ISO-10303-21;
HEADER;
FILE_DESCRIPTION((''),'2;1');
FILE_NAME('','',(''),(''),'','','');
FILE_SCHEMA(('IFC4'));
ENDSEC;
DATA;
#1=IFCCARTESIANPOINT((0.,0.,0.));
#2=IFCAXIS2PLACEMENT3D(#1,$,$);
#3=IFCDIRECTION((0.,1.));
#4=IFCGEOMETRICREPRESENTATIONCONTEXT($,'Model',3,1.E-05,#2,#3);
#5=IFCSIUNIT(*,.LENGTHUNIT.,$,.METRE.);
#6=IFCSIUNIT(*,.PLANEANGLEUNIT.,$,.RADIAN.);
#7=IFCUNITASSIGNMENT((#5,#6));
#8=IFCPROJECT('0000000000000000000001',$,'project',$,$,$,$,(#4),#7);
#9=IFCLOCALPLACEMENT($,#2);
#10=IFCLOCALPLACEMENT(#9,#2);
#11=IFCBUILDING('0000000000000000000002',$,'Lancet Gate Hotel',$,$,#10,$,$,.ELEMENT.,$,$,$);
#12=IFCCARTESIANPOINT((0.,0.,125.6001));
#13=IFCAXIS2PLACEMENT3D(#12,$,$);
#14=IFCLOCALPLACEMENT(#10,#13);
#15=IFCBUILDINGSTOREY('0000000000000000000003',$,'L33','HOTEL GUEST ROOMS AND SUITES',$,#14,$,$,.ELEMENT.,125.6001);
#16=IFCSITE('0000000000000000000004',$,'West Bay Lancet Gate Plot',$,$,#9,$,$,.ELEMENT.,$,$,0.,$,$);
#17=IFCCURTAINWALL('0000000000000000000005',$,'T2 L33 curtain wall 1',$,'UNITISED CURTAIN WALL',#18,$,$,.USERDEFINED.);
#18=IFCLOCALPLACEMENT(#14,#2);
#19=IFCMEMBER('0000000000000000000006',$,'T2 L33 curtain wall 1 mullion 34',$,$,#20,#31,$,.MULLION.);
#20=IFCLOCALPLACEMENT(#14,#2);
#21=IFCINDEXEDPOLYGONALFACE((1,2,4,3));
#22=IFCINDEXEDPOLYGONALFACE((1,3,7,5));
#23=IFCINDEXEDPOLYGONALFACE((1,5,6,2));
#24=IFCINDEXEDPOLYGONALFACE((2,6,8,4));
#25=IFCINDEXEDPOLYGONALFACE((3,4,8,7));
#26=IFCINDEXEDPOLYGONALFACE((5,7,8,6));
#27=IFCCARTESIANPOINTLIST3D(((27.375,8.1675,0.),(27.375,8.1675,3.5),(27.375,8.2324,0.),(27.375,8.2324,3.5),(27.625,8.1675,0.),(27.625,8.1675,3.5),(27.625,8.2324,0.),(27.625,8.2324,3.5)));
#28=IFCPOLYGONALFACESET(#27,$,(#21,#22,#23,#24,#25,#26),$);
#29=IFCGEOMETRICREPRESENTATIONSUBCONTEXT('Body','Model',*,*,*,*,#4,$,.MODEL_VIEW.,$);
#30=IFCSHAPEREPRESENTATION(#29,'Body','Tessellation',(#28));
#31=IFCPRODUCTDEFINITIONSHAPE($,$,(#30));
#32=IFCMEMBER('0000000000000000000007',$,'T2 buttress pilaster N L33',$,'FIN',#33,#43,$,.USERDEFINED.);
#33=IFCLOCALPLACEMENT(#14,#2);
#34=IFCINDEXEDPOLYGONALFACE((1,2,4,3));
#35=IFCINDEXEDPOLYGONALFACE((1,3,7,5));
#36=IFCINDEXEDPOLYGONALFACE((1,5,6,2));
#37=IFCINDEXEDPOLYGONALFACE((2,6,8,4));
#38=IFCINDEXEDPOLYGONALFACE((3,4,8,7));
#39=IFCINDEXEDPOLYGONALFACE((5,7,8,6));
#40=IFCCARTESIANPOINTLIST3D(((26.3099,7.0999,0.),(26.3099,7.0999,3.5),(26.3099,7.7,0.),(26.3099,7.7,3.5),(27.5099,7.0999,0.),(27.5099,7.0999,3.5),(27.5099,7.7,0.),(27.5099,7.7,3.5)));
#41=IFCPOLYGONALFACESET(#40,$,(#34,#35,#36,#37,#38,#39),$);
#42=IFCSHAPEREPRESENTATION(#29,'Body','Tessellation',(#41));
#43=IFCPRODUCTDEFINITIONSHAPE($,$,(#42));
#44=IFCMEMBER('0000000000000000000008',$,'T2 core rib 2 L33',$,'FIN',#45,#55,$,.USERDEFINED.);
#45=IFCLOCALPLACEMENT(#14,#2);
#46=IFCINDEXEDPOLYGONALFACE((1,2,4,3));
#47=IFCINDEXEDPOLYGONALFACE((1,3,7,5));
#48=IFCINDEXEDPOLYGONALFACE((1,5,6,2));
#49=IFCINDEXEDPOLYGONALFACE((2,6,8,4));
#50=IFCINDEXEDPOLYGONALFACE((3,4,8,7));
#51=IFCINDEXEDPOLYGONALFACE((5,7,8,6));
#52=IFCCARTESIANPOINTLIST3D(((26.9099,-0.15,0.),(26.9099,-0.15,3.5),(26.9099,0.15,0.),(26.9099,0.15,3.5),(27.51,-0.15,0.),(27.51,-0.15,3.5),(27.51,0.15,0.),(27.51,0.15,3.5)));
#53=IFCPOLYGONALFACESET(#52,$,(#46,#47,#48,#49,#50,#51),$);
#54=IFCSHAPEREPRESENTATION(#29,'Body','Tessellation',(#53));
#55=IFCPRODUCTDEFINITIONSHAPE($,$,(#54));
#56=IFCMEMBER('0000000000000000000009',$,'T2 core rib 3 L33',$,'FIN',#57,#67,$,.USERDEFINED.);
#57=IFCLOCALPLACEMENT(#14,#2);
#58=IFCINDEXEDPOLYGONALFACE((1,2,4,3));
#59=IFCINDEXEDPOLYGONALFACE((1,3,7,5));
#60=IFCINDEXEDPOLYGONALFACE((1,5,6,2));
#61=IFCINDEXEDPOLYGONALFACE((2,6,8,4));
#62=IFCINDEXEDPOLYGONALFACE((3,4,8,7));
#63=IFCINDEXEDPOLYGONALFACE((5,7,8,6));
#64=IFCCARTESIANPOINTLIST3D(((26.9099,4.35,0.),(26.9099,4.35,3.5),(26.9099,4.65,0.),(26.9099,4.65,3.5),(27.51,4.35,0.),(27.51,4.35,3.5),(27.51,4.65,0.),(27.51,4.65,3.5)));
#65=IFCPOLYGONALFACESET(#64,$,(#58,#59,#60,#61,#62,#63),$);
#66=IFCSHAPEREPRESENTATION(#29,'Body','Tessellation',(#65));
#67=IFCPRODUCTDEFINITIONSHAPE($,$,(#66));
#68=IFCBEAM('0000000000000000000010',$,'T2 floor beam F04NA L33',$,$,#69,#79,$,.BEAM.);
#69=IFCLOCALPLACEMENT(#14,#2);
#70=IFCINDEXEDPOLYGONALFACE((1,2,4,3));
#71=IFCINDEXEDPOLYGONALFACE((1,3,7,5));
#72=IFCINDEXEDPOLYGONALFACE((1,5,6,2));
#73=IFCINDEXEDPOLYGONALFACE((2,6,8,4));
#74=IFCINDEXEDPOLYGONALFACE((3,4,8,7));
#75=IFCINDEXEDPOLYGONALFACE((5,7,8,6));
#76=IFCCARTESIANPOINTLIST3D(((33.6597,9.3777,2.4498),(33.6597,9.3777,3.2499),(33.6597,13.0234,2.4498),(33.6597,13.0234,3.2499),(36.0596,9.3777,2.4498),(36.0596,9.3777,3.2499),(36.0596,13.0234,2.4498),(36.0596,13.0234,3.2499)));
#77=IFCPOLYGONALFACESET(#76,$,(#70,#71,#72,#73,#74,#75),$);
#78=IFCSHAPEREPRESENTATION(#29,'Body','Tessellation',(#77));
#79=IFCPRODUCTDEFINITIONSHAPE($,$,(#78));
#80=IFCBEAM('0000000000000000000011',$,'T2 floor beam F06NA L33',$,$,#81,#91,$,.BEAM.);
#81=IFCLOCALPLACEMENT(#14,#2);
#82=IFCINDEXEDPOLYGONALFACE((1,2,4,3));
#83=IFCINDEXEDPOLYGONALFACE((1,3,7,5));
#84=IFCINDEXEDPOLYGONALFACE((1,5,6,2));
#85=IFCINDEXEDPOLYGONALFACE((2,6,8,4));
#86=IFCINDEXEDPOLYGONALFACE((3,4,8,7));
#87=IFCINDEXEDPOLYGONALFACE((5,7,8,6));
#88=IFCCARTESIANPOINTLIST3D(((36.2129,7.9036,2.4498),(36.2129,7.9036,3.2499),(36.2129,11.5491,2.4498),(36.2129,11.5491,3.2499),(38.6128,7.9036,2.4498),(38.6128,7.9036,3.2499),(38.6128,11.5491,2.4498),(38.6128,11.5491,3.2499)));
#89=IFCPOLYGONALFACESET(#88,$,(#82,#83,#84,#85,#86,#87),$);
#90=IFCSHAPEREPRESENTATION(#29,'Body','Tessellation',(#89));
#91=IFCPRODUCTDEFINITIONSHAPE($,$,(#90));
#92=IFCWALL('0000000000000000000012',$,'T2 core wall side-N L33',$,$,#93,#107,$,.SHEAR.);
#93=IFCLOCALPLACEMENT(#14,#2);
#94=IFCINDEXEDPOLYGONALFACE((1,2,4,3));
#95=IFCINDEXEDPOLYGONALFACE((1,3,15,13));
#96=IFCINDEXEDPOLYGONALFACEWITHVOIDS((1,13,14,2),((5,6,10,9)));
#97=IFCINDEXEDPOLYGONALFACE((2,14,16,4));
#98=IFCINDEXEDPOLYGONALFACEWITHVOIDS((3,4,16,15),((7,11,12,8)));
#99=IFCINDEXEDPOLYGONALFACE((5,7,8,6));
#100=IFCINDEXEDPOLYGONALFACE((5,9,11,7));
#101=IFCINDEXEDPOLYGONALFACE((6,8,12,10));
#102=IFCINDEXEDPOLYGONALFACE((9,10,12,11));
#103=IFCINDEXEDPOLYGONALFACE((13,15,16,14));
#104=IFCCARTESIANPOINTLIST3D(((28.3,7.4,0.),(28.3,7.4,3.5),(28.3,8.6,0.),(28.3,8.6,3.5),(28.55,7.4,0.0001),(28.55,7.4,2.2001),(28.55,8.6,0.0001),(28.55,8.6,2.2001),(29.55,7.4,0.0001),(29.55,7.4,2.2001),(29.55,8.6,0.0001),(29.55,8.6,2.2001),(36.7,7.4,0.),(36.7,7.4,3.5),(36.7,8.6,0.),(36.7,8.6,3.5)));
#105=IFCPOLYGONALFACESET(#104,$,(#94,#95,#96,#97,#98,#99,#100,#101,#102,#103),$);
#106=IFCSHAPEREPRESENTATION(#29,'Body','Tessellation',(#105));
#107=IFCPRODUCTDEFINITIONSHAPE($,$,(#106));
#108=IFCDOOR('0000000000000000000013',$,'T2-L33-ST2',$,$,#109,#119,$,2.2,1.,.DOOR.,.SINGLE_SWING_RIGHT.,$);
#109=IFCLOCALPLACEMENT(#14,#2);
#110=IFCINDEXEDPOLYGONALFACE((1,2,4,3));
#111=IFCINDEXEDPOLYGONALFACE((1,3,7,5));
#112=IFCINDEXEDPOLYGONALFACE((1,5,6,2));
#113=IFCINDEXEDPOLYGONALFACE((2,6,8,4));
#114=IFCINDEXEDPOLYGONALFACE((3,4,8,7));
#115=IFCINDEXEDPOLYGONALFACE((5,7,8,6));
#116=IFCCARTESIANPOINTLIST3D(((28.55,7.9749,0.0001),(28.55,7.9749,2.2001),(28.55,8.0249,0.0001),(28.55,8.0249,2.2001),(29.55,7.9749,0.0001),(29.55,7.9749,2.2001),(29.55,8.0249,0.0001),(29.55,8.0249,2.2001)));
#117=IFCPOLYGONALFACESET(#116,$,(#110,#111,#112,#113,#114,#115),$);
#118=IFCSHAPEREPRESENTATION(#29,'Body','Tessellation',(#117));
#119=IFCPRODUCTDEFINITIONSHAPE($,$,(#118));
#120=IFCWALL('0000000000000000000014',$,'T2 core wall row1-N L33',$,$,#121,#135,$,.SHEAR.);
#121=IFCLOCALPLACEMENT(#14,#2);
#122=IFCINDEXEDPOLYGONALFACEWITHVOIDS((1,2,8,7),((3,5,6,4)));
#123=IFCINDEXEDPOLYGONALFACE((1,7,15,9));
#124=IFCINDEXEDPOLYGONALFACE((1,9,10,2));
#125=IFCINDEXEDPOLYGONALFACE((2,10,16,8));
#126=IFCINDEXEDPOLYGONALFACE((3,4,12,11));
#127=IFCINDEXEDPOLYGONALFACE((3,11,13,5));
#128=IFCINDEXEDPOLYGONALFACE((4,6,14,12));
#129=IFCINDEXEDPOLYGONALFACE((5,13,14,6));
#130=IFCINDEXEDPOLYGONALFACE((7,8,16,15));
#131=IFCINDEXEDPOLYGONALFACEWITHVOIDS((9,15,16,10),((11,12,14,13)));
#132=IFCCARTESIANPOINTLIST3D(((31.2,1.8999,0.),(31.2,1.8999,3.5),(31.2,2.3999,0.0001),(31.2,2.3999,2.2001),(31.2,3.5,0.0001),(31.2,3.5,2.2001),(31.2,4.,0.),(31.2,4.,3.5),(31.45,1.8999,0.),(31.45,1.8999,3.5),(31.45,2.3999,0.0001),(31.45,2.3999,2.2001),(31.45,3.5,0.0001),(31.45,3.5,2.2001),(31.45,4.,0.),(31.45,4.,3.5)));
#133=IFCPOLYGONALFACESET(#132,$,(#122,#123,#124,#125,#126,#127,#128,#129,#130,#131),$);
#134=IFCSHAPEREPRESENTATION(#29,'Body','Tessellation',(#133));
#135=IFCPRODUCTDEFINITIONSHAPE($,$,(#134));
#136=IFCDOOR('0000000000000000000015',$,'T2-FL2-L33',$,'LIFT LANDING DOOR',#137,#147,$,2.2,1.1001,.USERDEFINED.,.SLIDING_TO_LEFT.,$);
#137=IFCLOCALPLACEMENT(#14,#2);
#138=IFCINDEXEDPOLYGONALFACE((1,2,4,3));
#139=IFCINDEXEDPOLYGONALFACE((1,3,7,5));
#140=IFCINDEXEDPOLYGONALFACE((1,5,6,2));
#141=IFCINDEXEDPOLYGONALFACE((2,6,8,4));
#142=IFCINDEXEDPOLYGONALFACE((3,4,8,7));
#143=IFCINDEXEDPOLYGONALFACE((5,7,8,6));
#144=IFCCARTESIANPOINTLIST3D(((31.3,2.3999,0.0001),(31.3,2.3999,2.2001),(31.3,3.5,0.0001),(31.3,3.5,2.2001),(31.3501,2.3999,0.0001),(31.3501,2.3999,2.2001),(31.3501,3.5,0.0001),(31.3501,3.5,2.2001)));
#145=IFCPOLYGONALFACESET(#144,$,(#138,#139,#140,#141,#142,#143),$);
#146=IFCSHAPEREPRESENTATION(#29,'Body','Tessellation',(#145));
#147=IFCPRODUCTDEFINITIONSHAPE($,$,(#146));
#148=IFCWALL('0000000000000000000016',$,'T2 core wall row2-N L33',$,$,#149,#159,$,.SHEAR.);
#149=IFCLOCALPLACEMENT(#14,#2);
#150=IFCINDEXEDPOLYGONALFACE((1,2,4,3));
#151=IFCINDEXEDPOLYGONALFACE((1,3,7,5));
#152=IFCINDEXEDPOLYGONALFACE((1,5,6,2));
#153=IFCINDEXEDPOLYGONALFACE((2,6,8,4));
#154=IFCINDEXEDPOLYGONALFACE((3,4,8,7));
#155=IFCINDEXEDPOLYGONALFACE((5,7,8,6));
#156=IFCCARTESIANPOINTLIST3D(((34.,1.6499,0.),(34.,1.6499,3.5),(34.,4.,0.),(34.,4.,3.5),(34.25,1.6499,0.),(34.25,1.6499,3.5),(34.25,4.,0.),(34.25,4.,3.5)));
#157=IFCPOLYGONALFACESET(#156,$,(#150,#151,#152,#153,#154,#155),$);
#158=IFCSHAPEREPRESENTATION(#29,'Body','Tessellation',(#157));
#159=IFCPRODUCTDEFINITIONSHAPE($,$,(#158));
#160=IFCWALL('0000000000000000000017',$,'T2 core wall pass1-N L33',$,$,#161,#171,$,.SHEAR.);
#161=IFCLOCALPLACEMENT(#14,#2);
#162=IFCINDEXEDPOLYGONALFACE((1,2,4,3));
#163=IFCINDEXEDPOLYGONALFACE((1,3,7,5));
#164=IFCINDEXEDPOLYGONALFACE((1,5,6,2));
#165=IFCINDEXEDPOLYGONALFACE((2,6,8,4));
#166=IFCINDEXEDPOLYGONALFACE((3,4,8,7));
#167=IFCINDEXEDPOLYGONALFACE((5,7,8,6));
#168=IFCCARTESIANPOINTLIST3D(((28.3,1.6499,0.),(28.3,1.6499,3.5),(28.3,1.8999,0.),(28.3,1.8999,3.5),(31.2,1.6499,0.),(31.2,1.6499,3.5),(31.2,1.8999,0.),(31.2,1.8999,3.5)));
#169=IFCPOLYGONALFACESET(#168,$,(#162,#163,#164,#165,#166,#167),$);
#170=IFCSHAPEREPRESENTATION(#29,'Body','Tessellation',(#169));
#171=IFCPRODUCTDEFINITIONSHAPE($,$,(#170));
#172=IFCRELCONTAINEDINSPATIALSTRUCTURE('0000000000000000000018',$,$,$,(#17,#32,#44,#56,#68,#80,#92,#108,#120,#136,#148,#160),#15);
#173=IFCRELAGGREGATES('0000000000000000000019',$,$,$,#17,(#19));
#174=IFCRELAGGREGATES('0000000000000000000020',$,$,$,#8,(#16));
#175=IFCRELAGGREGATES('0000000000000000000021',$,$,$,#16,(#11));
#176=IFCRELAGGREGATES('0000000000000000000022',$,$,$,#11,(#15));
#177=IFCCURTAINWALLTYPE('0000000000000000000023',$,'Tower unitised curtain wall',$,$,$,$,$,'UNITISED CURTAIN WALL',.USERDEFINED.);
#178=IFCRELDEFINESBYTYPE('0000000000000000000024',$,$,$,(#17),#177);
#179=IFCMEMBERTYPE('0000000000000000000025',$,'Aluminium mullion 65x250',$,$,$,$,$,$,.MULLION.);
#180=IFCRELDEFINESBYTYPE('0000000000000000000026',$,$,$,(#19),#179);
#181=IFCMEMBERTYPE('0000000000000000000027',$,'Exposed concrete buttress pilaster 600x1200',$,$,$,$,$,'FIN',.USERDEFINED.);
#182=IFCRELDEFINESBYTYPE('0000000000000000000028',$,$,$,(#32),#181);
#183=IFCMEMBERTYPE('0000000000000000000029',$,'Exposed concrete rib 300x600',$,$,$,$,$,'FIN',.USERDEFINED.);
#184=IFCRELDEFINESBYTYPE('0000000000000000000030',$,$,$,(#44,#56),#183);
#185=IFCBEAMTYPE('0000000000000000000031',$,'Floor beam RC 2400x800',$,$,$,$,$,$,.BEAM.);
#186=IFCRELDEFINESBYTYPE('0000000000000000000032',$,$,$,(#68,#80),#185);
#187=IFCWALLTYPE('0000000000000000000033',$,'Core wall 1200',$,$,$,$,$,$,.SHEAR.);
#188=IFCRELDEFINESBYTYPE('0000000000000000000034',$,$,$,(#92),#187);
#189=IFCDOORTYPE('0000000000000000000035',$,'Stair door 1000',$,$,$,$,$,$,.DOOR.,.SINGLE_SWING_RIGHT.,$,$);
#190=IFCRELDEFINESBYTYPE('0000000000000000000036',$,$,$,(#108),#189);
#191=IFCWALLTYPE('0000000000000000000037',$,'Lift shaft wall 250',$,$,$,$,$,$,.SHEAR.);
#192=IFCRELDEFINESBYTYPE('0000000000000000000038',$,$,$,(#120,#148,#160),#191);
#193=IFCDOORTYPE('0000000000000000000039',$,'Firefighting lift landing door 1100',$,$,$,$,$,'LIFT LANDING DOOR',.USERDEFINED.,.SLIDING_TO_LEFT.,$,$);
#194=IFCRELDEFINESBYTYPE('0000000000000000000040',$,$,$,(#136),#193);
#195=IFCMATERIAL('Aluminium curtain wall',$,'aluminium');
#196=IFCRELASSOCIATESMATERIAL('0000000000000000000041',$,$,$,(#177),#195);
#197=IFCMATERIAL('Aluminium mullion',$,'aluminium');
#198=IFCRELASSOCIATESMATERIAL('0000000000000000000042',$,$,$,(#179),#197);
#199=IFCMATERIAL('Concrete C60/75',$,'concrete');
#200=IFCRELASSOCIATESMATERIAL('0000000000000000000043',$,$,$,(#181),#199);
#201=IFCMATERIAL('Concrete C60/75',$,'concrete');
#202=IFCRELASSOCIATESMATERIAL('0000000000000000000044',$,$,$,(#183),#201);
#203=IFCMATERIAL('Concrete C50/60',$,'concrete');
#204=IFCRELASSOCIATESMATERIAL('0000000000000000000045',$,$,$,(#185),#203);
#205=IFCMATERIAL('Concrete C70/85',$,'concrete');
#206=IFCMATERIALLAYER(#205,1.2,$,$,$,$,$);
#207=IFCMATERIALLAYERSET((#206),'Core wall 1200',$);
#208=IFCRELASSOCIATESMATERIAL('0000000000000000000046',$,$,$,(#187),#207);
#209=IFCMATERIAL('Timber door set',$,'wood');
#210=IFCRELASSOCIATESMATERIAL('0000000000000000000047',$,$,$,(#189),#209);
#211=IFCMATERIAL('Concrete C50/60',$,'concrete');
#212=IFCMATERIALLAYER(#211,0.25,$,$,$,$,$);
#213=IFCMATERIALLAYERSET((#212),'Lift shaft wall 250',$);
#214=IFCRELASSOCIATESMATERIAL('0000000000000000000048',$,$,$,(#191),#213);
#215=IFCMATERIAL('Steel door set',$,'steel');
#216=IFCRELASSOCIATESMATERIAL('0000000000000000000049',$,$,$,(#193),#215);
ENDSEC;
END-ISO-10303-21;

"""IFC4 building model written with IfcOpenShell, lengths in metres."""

from ifc_helpers import new_model, si_unit, direction, frame, frame_2d, origin, origin_2d, place, context, subcontext, project, spatial, rectangle, extrude, material, layer, layer_set, material_profile, profile_set, type_object, element, fill, aggregate, save


model = new_model("IFC4")

# Units and contexts
model_context = context("Model", 3, precision=1e-05, world=origin(), true_north=direction((0.0, 1.0)))
body_context = subcontext(model_context, "Body", "Model", "MODEL_VIEW")
ifc_project = project(units=[si_unit("LENGTHUNIT", "METRE"), si_unit("PLANEANGLEUNIT", "RADIAN")], contexts=[model_context])

# Site, building, storey
site_placement = place(None, origin())
site = spatial("IfcSite", under=ifc_project, at=site_placement, Name="West Bay Lancet Gate Plot", CompositionType="ELEMENT", RefElevation=0.0)
building_placement = place(site_placement, origin())
building = spatial("IfcBuilding", under=site, at=building_placement, Name="Lancet Gate Hotel", CompositionType="ELEMENT")
storey_placement = place(building_placement, frame((0.0, 0.0, 125.6001)))
storey = spatial("IfcBuildingStorey", under=building, at=storey_placement, Name="L33", Description="HOTEL GUEST ROOMS AND SUITES", CompositionType="ELEMENT", Elevation=125.6001)

# Curtain wall, member
ifc_material_1 = material(Name="Aluminium curtain wall", Category="aluminium")
curtain_wall_type = type_object("IfcCurtainWallType", Name="Tower unitised curtain wall", ElementType="UNITISED CURTAIN WALL", PredefinedType="USERDEFINED", material=ifc_material_1)
curtain_wall_placement = place(storey_placement, origin())
curtain_wall = element("IfcCurtainWall", 1, at=curtain_wall_placement, inside=storey, type_object=curtain_wall_type, Name="T2 L33 curtain wall 1", ObjectType="UNITISED CURTAIN WALL", PredefinedType="USERDEFINED")
ifc_material_2 = material(Name="Aluminium mullion", Category="aluminium")
ifc_material_profile_1 = material_profile(ifc_material_2, rectangle(XDim=0.0649, YDim=0.25, at=origin_2d()), Name="MULLION 65x250")
ifc_profile_set_1 = profile_set([ifc_material_profile_1], Name="Aluminium mullion")
member_type_1 = type_object("IfcMemberType", Name="Aluminium mullion 65x250", PredefinedType="MULLION", material=ifc_profile_set_1)
member_1_placement = place(storey_placement, frame((27.5, 8.2, 0.0), z_axis=(0.0, 0.0, 1.0), x_axis=(0.0, -1.0, 0.0)))
member_1 = element("IfcMember", 2, at=member_1_placement, type_object=member_type_1, Name="T2 L33 curtain wall 1 mullion 34", PredefinedType="MULLION", context=body_context, shape_type="SweptSolid", body=[
    extrude(rectangle(XDim=0.0649, YDim=0.25, at=origin_2d()), origin(), (0.0, 0.0, 1.0), 3.5),
])
aggregate(curtain_wall, [member_1])

# Members
ifc_material_3 = material(Name="Concrete C60/75", Category="concrete")
ifc_material_profile_2 = material_profile(ifc_material_3, rectangle(XDim=0.6001, YDim=1.2, at=origin_2d()), Name="FIN 600x1200")
ifc_profile_set_2 = profile_set([ifc_material_profile_2], Name="Concrete C60/75")
member_type_2 = type_object("IfcMemberType", Name="Exposed concrete buttress pilaster 600x1200", ElementType="FIN", PredefinedType="USERDEFINED", material=ifc_profile_set_2)
member_2_placement = place(storey_placement, frame((26.9099, 7.3999, 0.0), z_axis=(0.0, 0.0, 1.0), x_axis=(0.0, 1.0, 0.0)))
element("IfcMember", 3, at=member_2_placement, inside=storey, type_object=member_type_2, Name="T2 buttress pilaster N L33", ObjectType="FIN", PredefinedType="USERDEFINED", context=body_context, shape_type="SweptSolid", body=[
    extrude(rectangle(XDim=0.6001, YDim=1.2, at=origin_2d()), origin(), (0.0, 0.0, 1.0), 3.5),
])
ifc_material_4 = material(Name="Concrete C60/75", Category="concrete")
ifc_material_profile_3 = material_profile(ifc_material_4, rectangle(XDim=0.3, YDim=0.6001, at=origin_2d()), Name="FIN 300x600")
ifc_profile_set_3 = profile_set([ifc_material_profile_3], Name="Concrete C60/75")
member_type_3 = type_object("IfcMemberType", Name="Exposed concrete rib 300x600", ElementType="FIN", PredefinedType="USERDEFINED", material=ifc_profile_set_3)
for number, where, z_axis, x_axis, name in (
    (4, (27.21, 0.0, 0.0), (0.0, 0.0, 1.0), (0.0, 1.0, 0.0), "T2 core rib 2 L33"),
    (5, (27.21, 4.5, 0.0), (0.0, 0.0, 1.0), (0.0, 1.0, 0.0), "T2 core rib 3 L33"),
):
    element("IfcMember", number, at=place(storey_placement, frame(where, z_axis=z_axis, x_axis=x_axis)), inside=storey, type_object=member_type_3, Name=name, ObjectType="FIN", PredefinedType="USERDEFINED", context=body_context, shape_type="SweptSolid", body=[
        extrude(rectangle(XDim=0.3, YDim=0.6001, at=origin_2d()), origin(), (0.0, 0.0, 1.0), 3.5),
    ])

# Beams
ifc_material_5 = material(Name="Concrete C50/60", Category="concrete")
ifc_material_profile_4 = material_profile(ifc_material_5, rectangle(XDim=2.3999, YDim=0.8, at=origin_2d()), Name="RC 2400x800")
ifc_profile_set_4 = profile_set([ifc_material_profile_4], Name="Concrete C50/60")
beam_type = type_object("IfcBeamType", Name="Floor beam RC 2400x800", PredefinedType="BEAM", material=ifc_profile_set_4)
beam_1_placement = place(storey_placement, frame((34.8596, 9.3777, 2.8499), z_axis=(0.0, 1.0, 0.0), x_axis=(-1.0, 0.0, 0.0)))
element("IfcBeam", 6, at=beam_1_placement, inside=storey, type_object=beam_type, Name="T2 floor beam F04NA L33", PredefinedType="BEAM", context=body_context, shape_type="SweptSolid", body=[
    extrude(rectangle(XDim=2.3999, YDim=0.8, at=origin_2d()), origin(), (0.0, 0.0, 1.0), 3.6458),
])
beam_2_placement = place(storey_placement, frame((37.4128, 7.9036, 2.8499), z_axis=(0.0, 1.0, 0.0), x_axis=(-1.0, 0.0, 0.0)))
element("IfcBeam", 7, at=beam_2_placement, inside=storey, type_object=beam_type, Name="T2 floor beam F06NA L33", PredefinedType="BEAM", context=body_context, shape_type="SweptSolid", body=[
    extrude(rectangle(XDim=2.3999, YDim=0.8, at=origin_2d()), origin(), (0.0, 0.0, 1.0), 3.6455),
])

# Walls, openings, doors
ifc_material_6 = material(Name="Concrete C70/85", Category="concrete")
ifc_layer_1 = layer(ifc_material_6, 1.2)
ifc_layer_set_1 = layer_set([ifc_layer_1], Name="Core wall 1200")
wall_type_1 = type_object("IfcWallType", Name="Core wall 1200", PredefinedType="SHEAR", material=ifc_layer_set_1)
wall_1_placement = place(storey_placement, frame((28.3, 8.0, 0.0), z_axis=(0.0, 0.0, 1.0), x_axis=(1.0, 0.0, 0.0)))
wall_1 = element("IfcWall", 8, at=wall_1_placement, inside=storey, type_object=wall_type_1, Name="T2 core wall side-N L33", PredefinedType="SHEAR", context=body_context, shape_type="SweptSolid", body=[
    extrude(rectangle(XDim=8.3999, YDim=1.2, at=frame_2d((4.2, 0.0))), origin(), (0.0, 0.0, 1.0), 3.5),
])
opening_1_placement = place(wall_1_placement, frame((0.25, 0.0, 0.0)))
opening_1 = element("IfcOpeningElement", 9, at=opening_1_placement, cuts=wall_1, PredefinedType="OPENING", context=body_context, shape_type="SweptSolid", body=[
    extrude(rectangle(XDim=1.0, YDim=2.2, at=frame_2d((0.5, 1.1001))), frame((0.0, 0.6099, 0.0), z_axis=(0.0, -1.0, 0.0), x_axis=(1.0, 0.0, 0.0)), (0.0, 0.0, 1.0), 1.22),
])
ifc_material_7 = material(Name="Timber door set", Category="wood")
door_type_1 = type_object("IfcDoorType", Name="Stair door 1000", OperationType="SINGLE_SWING_RIGHT", PredefinedType="DOOR", material=ifc_material_7)
door_1_placement = place(opening_1_placement, origin())
door_1 = element("IfcDoor", 10, at=door_1_placement, inside=storey, type_object=door_type_1, Name="T2-L33-ST2", OperationType="SINGLE_SWING_RIGHT", OverallHeight=2.2, OverallWidth=1.0, PredefinedType="DOOR", context=body_context, shape_type="SweptSolid", body=[
    extrude(rectangle(XDim=1.0, YDim=2.2, at=frame_2d((0.5, 1.1001))), frame((0.0, 0.0249, 0.0), z_axis=(0.0, -1.0, 0.0), x_axis=(1.0, 0.0, 0.0)), (0.0, 0.0, 1.0), 0.05),
])
fill(opening_1, door_1)
ifc_material_8 = material(Name="Concrete C50/60", Category="concrete")
ifc_layer_2 = layer(ifc_material_8, 0.25)
ifc_layer_set_2 = layer_set([ifc_layer_2], Name="Lift shaft wall 250")
wall_type_2 = type_object("IfcWallType", Name="Lift shaft wall 250", PredefinedType="SHEAR", material=ifc_layer_set_2)
wall_2_placement = place(storey_placement, frame((31.325, 1.8999, 0.0), z_axis=(0.0, 0.0, 1.0), x_axis=(0.0, 1.0, 0.0)))
wall_2 = element("IfcWall", 11, at=wall_2_placement, inside=storey, type_object=wall_type_2, Name="T2 core wall row1-N L33", PredefinedType="SHEAR", context=body_context, shape_type="SweptSolid", body=[
    extrude(rectangle(XDim=2.1001, YDim=0.25, at=frame_2d((1.05, 0.0))), origin(), (0.0, 0.0, 1.0), 3.5),
])
opening_2_placement = place(wall_2_placement, frame((0.5, 0.0, 0.0)))
opening_2 = element("IfcOpeningElement", 12, at=opening_2_placement, cuts=wall_2, PredefinedType="OPENING", context=body_context, shape_type="SweptSolid", body=[
    extrude(rectangle(XDim=1.1001, YDim=2.2, at=frame_2d((0.55, 1.1001))), frame((0.0, 0.135, 0.0), z_axis=(0.0, -1.0, 0.0), x_axis=(1.0, 0.0, 0.0)), (0.0, 0.0, 1.0), 0.27),
])
ifc_material_9 = material(Name="Steel door set", Category="steel")
door_type_2 = type_object("IfcDoorType", Name="Firefighting lift landing door 1100", ElementType="LIFT LANDING DOOR", OperationType="SLIDING_TO_LEFT", PredefinedType="USERDEFINED", material=ifc_material_9)
door_2_placement = place(opening_2_placement, origin())
door_2 = element("IfcDoor", 13, at=door_2_placement, inside=storey, type_object=door_type_2, Name="T2-FL2-L33", ObjectType="LIFT LANDING DOOR", OperationType="SLIDING_TO_LEFT", OverallHeight=2.2, OverallWidth=1.1001, PredefinedType="USERDEFINED", context=body_context, shape_type="SweptSolid", body=[
    extrude(rectangle(XDim=1.1001, YDim=2.2, at=frame_2d((0.55, 1.1001))), frame((0.0, 0.0249, 0.0), z_axis=(0.0, -1.0, 0.0), x_axis=(1.0, 0.0, 0.0)), (0.0, 0.0, 1.0), 0.05),
])
fill(opening_2, door_2)

# Walls
wall_3_placement = place(storey_placement, frame((34.125, 1.6499, 0.0), z_axis=(0.0, 0.0, 1.0), x_axis=(0.0, 1.0, 0.0)))
element("IfcWall", 14, at=wall_3_placement, inside=storey, type_object=wall_type_2, Name="T2 core wall row2-N L33", PredefinedType="SHEAR", context=body_context, shape_type="SweptSolid", body=[
    extrude(rectangle(XDim=2.3501, YDim=0.25, at=frame_2d((1.175, 0.0))), origin(), (0.0, 0.0, 1.0), 3.5),
])
wall_4_placement = place(storey_placement, frame((28.3, 1.7749, 0.0), z_axis=(0.0, 0.0, 1.0), x_axis=(1.0, 0.0, 0.0)))
element("IfcWall", 15, at=wall_4_placement, inside=storey, type_object=wall_type_2, Name="T2 core wall pass1-N L33", PredefinedType="SHEAR", context=body_context, shape_type="SweptSolid", body=[
    extrude(rectangle(XDim=2.8999, YDim=0.25, at=frame_2d((1.45, 0.0))), origin(), (0.0, 0.0, 1.0), 3.5),
])

save(model, "model.ifc")
